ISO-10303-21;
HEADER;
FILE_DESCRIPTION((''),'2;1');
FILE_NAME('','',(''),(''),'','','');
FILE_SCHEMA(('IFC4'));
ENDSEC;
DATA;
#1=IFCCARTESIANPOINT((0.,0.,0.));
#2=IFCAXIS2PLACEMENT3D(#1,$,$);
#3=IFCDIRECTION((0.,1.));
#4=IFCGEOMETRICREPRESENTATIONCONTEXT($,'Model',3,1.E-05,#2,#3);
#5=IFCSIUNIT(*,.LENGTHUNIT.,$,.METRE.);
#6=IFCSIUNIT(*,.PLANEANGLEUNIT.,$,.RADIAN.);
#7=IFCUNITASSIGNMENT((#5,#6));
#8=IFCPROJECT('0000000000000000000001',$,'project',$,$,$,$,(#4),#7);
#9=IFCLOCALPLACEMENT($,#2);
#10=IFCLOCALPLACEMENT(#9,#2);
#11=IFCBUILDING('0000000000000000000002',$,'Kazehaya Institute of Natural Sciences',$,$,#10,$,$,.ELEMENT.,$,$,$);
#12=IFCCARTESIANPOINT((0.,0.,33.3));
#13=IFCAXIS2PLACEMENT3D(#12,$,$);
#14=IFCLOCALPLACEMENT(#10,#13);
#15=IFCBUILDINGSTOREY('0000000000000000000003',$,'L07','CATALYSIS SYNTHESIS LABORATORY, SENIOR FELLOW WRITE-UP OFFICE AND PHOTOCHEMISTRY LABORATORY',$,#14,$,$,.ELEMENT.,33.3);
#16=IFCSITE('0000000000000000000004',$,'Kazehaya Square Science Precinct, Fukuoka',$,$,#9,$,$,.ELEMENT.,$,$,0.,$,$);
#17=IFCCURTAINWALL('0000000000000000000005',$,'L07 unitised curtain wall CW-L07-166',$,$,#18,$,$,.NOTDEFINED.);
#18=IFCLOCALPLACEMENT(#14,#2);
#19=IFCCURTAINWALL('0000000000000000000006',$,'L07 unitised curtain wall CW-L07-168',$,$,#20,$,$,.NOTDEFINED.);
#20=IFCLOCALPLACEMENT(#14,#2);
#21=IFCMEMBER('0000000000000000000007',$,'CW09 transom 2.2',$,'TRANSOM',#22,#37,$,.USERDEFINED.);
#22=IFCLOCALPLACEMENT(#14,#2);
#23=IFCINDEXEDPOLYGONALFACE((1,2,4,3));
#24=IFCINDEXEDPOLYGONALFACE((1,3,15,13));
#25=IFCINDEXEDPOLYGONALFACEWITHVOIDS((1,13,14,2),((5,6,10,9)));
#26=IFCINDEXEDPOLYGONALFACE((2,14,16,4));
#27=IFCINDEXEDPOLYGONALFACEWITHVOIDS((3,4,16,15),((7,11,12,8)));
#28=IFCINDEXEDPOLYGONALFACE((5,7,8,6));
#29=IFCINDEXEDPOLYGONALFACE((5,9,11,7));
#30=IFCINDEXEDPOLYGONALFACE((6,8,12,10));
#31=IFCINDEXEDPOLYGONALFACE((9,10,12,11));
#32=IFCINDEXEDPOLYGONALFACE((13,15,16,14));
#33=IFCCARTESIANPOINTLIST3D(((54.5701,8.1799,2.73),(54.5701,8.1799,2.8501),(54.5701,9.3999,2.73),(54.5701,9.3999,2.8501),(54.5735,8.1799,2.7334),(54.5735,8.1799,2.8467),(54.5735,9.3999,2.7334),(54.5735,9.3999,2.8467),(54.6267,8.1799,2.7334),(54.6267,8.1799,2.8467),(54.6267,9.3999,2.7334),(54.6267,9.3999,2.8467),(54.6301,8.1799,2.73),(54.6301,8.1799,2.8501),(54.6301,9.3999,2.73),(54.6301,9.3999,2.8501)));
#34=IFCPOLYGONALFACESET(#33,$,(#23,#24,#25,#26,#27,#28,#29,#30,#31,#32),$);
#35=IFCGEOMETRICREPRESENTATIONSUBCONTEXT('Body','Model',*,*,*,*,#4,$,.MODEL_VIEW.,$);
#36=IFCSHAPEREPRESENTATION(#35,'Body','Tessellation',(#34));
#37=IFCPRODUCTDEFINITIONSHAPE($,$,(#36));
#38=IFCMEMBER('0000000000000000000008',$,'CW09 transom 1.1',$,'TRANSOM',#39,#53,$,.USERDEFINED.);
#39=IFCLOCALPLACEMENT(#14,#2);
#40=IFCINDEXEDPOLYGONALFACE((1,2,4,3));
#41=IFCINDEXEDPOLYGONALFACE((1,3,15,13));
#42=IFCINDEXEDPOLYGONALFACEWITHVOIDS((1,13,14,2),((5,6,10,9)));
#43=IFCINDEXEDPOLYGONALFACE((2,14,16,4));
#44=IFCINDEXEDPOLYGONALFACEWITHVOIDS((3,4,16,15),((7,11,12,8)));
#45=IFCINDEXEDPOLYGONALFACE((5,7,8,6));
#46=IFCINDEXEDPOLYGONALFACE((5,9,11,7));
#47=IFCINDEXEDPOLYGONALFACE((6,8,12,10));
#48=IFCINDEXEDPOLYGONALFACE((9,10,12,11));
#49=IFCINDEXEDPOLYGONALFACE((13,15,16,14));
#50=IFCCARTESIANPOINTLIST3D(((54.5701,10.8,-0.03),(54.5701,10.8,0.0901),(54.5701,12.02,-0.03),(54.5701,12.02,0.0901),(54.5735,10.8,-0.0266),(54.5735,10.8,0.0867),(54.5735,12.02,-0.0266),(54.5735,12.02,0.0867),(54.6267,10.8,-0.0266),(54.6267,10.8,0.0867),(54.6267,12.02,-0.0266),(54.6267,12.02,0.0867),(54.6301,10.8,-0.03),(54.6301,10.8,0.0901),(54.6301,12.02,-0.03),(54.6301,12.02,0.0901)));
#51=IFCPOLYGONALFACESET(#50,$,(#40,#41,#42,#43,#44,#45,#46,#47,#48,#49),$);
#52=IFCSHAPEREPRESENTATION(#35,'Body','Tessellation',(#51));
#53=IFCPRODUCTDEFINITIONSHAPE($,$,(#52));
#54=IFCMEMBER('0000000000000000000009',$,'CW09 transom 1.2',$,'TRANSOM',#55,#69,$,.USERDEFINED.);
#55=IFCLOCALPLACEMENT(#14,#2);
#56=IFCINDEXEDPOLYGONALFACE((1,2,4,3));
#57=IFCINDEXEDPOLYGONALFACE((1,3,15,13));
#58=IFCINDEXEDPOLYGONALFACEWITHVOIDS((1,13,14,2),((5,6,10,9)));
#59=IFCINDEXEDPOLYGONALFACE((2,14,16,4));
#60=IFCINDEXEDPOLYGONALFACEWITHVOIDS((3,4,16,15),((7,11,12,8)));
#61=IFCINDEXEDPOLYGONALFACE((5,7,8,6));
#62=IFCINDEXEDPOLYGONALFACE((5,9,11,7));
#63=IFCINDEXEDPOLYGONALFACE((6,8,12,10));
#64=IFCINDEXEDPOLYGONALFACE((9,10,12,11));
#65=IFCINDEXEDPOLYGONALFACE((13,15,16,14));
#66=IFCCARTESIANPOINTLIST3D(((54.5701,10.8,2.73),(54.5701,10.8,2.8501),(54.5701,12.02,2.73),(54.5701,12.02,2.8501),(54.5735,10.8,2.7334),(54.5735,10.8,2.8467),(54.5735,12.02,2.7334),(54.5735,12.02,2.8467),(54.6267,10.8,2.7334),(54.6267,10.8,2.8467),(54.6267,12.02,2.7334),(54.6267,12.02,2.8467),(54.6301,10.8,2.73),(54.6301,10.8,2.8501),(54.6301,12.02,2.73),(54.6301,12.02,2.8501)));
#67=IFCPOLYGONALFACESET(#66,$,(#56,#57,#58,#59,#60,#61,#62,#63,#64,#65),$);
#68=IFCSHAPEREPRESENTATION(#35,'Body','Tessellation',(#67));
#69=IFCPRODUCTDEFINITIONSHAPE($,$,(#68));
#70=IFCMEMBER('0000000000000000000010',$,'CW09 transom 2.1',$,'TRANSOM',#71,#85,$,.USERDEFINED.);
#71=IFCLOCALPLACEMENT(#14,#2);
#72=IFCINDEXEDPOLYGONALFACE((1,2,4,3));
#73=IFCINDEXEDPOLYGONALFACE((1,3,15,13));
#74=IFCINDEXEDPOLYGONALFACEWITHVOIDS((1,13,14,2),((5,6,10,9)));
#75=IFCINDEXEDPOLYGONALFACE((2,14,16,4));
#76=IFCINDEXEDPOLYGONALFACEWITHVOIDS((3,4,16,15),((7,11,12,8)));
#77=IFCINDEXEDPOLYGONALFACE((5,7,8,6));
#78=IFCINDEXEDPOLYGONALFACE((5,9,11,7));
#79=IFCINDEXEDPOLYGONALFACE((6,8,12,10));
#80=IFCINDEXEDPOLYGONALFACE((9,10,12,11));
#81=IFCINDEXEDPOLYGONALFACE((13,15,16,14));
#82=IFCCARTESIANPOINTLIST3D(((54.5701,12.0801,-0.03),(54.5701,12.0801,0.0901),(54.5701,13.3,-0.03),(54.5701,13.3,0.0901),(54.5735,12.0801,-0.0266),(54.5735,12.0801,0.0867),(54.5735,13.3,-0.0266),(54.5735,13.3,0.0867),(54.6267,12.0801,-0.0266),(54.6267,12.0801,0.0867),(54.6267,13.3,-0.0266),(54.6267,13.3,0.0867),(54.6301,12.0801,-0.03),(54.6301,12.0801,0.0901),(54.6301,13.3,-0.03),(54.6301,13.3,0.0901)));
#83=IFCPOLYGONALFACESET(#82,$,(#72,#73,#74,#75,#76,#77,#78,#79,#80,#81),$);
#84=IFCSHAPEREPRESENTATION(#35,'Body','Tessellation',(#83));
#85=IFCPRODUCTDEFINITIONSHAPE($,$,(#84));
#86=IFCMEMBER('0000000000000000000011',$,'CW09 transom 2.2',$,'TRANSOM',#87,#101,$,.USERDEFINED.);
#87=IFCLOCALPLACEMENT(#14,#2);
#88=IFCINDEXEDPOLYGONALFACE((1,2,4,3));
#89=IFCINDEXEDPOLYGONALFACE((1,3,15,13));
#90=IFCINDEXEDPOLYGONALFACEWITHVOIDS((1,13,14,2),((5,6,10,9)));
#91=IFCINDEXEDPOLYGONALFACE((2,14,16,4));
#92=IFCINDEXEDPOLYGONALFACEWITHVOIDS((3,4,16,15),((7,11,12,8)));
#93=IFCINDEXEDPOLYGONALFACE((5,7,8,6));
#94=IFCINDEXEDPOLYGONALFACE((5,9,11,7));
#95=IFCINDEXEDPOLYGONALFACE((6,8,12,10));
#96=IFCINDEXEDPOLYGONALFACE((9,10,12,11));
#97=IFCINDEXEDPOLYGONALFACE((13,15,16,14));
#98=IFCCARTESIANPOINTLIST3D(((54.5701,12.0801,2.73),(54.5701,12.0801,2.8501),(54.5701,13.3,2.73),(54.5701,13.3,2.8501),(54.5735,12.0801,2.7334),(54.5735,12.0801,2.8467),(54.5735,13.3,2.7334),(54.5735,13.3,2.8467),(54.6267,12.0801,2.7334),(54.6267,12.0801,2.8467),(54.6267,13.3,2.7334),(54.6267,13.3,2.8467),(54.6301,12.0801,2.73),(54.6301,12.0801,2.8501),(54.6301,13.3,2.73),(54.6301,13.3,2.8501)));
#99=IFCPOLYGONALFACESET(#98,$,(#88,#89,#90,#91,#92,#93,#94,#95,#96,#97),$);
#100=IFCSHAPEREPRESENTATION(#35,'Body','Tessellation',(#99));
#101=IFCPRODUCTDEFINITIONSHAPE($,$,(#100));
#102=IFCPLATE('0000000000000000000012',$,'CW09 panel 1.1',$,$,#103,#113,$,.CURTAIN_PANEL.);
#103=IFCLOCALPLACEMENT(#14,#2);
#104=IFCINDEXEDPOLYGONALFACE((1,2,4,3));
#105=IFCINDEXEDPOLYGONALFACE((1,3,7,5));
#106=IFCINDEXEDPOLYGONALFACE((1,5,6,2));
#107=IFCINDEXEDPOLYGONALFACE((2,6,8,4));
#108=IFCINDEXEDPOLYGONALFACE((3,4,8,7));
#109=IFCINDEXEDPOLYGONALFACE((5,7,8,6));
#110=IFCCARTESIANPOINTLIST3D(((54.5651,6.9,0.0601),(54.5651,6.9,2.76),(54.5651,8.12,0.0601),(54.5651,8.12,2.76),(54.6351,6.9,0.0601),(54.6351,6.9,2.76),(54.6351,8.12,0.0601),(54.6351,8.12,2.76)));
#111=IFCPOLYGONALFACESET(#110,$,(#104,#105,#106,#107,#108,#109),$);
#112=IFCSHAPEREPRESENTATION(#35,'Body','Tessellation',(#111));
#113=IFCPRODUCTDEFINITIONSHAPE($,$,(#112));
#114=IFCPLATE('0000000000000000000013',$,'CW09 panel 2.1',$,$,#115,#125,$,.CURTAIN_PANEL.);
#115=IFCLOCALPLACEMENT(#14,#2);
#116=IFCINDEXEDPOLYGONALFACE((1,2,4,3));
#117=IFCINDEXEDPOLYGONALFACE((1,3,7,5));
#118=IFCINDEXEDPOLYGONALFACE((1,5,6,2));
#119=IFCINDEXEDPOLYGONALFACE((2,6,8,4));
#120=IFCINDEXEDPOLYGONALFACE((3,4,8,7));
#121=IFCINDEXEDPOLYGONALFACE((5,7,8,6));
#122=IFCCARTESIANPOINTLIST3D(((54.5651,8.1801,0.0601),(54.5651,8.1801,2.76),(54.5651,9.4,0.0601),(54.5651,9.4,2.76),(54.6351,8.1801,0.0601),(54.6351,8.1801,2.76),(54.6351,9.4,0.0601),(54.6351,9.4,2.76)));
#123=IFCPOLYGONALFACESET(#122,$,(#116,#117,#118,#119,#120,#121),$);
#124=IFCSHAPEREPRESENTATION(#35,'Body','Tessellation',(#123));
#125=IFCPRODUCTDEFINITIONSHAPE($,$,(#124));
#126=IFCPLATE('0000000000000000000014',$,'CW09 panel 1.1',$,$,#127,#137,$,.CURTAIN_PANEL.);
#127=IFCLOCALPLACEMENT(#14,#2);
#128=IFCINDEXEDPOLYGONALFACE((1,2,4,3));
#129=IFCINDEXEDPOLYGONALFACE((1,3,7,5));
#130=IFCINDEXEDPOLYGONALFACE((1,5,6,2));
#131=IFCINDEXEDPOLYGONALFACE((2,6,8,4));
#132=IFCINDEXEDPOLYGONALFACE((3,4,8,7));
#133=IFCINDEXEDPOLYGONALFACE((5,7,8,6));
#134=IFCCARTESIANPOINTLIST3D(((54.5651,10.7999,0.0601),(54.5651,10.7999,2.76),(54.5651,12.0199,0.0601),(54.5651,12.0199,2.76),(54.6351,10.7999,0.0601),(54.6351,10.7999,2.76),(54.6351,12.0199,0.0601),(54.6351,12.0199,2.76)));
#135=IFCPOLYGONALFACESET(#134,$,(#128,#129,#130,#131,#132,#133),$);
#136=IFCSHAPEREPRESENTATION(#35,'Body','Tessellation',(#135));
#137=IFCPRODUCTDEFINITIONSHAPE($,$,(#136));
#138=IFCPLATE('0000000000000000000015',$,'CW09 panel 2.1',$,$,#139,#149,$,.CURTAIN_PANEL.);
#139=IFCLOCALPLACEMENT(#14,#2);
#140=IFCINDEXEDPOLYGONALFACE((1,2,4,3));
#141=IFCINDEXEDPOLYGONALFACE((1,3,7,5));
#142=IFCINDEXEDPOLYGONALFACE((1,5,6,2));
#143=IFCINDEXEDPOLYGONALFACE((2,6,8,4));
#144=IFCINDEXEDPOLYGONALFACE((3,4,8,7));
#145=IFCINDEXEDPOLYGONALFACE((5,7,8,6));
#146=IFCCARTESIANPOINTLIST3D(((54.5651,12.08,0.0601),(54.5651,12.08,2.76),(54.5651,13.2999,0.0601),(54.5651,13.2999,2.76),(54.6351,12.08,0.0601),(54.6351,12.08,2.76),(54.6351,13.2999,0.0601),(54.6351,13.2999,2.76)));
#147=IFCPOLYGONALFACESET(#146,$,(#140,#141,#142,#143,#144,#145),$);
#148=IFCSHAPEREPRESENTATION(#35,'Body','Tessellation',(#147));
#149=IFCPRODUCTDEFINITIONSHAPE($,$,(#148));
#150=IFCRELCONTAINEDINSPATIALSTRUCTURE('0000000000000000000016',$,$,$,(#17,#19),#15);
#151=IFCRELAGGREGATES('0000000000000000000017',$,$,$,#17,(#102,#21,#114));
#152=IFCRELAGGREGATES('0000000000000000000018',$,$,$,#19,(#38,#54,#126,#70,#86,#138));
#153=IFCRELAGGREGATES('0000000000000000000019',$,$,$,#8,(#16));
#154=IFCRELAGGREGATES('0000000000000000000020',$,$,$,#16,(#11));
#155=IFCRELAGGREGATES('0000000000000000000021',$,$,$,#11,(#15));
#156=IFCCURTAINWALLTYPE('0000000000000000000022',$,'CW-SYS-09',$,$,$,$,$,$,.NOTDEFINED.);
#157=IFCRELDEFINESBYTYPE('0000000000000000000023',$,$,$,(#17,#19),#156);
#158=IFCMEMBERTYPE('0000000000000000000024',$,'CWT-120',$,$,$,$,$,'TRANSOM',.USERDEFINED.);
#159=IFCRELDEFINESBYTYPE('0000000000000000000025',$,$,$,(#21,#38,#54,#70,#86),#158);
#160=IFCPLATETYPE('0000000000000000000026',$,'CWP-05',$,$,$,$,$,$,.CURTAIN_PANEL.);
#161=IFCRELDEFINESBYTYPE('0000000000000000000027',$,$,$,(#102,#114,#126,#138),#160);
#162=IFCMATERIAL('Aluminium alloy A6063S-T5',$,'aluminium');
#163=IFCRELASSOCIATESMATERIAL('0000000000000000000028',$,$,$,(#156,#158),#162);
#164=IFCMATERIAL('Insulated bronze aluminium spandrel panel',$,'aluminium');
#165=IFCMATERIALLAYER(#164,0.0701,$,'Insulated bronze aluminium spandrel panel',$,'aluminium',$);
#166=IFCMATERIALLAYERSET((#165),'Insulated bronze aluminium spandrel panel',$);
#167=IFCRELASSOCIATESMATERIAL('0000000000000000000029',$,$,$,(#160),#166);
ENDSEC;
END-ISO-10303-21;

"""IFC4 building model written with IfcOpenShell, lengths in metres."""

from ifc_helpers import new_model, si_unit, direction, frame, origin, origin_2d, place, context, subcontext, project, spatial, rectangle, hollow_rectangle, extrude, material, layer, layer_set, material_profile, profile_set, type_object, element, aggregate, save


model = new_model("IFC4")

# Units and contexts
model_context = context("Model", 3, precision=1e-05, world=origin(), true_north=direction((0.0, 1.0)))
body_context = subcontext(model_context, "Body", "Model", "MODEL_VIEW")
ifc_project = project(units=[si_unit("LENGTHUNIT", "METRE"), si_unit("PLANEANGLEUNIT", "RADIAN")], contexts=[model_context])

# Site, building, storey
site_placement = place(None, origin())
site = spatial("IfcSite", under=ifc_project, at=site_placement, Name="Kazehaya Square Science Precinct, Fukuoka", CompositionType="ELEMENT", RefElevation=0.0)
building_placement = place(site_placement, origin())
building = spatial("IfcBuilding", under=site, at=building_placement, Name="Kazehaya Institute of Natural Sciences", CompositionType="ELEMENT")
storey_placement = place(building_placement, frame((0.0, 0.0, 33.3)))
storey = spatial("IfcBuildingStorey", under=building, at=storey_placement, Name="L07", Description="CATALYSIS SYNTHESIS LABORATORY, SENIOR FELLOW WRITE-UP OFFICE AND PHOTOCHEMISTRY LABORATORY", CompositionType="ELEMENT", Elevation=33.3)

# Curtain walls
ifc_material_1 = material(Name="Aluminium alloy A6063S-T5", Category="aluminium")
curtain_wall_type_1 = type_object("IfcCurtainWallType", Name="CW-SYS-09", PredefinedType="NOTDEFINED", material=ifc_material_1)
curtain_wall_1_placement = place(storey_placement, origin())
curtain_wall_1 = element("IfcCurtainWall", 1, at=curtain_wall_1_placement, inside=storey, type_object=curtain_wall_type_1, Name="L07 unitised curtain wall CW-L07-166", PredefinedType="NOTDEFINED")
curtain_wall_2_placement = place(storey_placement, origin())
curtain_wall_2 = element("IfcCurtainWall", 2, at=curtain_wall_2_placement, inside=storey, type_object=curtain_wall_type_1, Name="L07 unitised curtain wall CW-L07-168", PredefinedType="NOTDEFINED")

# Members
ifc_material_profile_1 = material_profile(ifc_material_1, hollow_rectangle(XDim=0.0601, YDim=0.1201, WallThickness=0.0034, at=origin_2d()), Name="ALU-60x120x3.5")
ifc_profile_set_1 = profile_set([ifc_material_profile_1], Name="Aluminium alloy A6063S-T5")
member_type_1 = type_object("IfcMemberType", Name="CWT-120", ElementType="TRANSOM", PredefinedType="USERDEFINED", material=ifc_profile_set_1)
member_1_placement = place(storey_placement, frame((54.6001, 8.1799, 2.79), z_axis=(0.0, 1.0, 0.0), x_axis=(-1.0, 0.0, 0.0)))
member_1 = element("IfcMember", 3, at=member_1_placement, type_object=member_type_1, Name="CW09 transom 2.2", ObjectType="TRANSOM", PredefinedType="USERDEFINED", context=body_context, shape_type="SweptSolid", body=[
    extrude(hollow_rectangle(XDim=0.0601, YDim=0.1201, WallThickness=0.0034, at=origin_2d()), origin(), (0.0, 0.0, 1.0), 1.22),
])
member_2_placement = place(storey_placement, frame((54.6001, 10.8, 0.03), z_axis=(0.0, 1.0, 0.0), x_axis=(-1.0, 0.0, 0.0)))
member_2 = element("IfcMember", 4, at=member_2_placement, type_object=member_type_1, Name="CW09 transom 1.1", ObjectType="TRANSOM", PredefinedType="USERDEFINED", context=body_context, shape_type="SweptSolid", body=[
    extrude(hollow_rectangle(XDim=0.0601, YDim=0.1201, WallThickness=0.0034, at=origin_2d()), origin(), (0.0, 0.0, 1.0), 1.22),
])
member_3_placement = place(storey_placement, frame((54.6001, 10.8, 2.79), z_axis=(0.0, 1.0, 0.0), x_axis=(-1.0, 0.0, 0.0)))
member_3 = element("IfcMember", 5, at=member_3_placement, type_object=member_type_1, Name="CW09 transom 1.2", ObjectType="TRANSOM", PredefinedType="USERDEFINED", context=body_context, shape_type="SweptSolid", body=[
    extrude(hollow_rectangle(XDim=0.0601, YDim=0.1201, WallThickness=0.0034, at=origin_2d()), origin(), (0.0, 0.0, 1.0), 1.22),
])
member_4_placement = place(storey_placement, frame((54.6001, 12.0801, 0.03), z_axis=(0.0, 1.0, 0.0), x_axis=(-1.0, 0.0, 0.0)))
member_4 = element("IfcMember", 6, at=member_4_placement, type_object=member_type_1, Name="CW09 transom 2.1", ObjectType="TRANSOM", PredefinedType="USERDEFINED", context=body_context, shape_type="SweptSolid", body=[
    extrude(hollow_rectangle(XDim=0.0601, YDim=0.1201, WallThickness=0.0034, at=origin_2d()), origin(), (0.0, 0.0, 1.0), 1.22),
])
member_5_placement = place(storey_placement, frame((54.6001, 12.0801, 2.79), z_axis=(0.0, 1.0, 0.0), x_axis=(-1.0, 0.0, 0.0)))
member_5 = element("IfcMember", 7, at=member_5_placement, type_object=member_type_1, Name="CW09 transom 2.2", ObjectType="TRANSOM", PredefinedType="USERDEFINED", context=body_context, shape_type="SweptSolid", body=[
    extrude(hollow_rectangle(XDim=0.0601, YDim=0.1201, WallThickness=0.0034, at=origin_2d()), origin(), (0.0, 0.0, 1.0), 1.22),
])

# Plates
ifc_material_2 = material(Name="Insulated bronze aluminium spandrel panel", Category="aluminium")
ifc_layer_1 = layer(ifc_material_2, 0.0701, Name="Insulated bronze aluminium spandrel panel", Category="aluminium")
ifc_layer_set_1 = layer_set([ifc_layer_1], Name="Insulated bronze aluminium spandrel panel")
plate_type = type_object("IfcPlateType", Name="CWP-05", PredefinedType="CURTAIN_PANEL", material=ifc_layer_set_1)
plate_1_placement = place(storey_placement, frame((54.6001, 7.51, 0.0601), z_axis=(0.0, 0.0, 1.0), x_axis=(0.0, 1.0, 0.0)))
plate_1 = element("IfcPlate", 8, at=plate_1_placement, type_object=plate_type, Name="CW09 panel 1.1", PredefinedType="CURTAIN_PANEL", context=body_context, shape_type="SweptSolid", body=[
    extrude(rectangle(XDim=1.22, YDim=0.0701, at=origin_2d()), origin(), (0.0, 0.0, 1.0), 2.7),
])
plate_2_placement = place(storey_placement, frame((54.6001, 8.79, 0.0601), z_axis=(0.0, 0.0, 1.0), x_axis=(0.0, 1.0, 0.0)))
plate_2 = element("IfcPlate", 9, at=plate_2_placement, type_object=plate_type, Name="CW09 panel 2.1", PredefinedType="CURTAIN_PANEL", context=body_context, shape_type="SweptSolid", body=[
    extrude(rectangle(XDim=1.22, YDim=0.0701, at=origin_2d()), origin(), (0.0, 0.0, 1.0), 2.7),
])
aggregate(curtain_wall_1, [plate_1, member_1, plate_2])
plate_3_placement = place(storey_placement, frame((54.6001, 11.4099, 0.0601), z_axis=(0.0, 0.0, 1.0), x_axis=(0.0, 1.0, 0.0)))
plate_3 = element("IfcPlate", 10, at=plate_3_placement, type_object=plate_type, Name="CW09 panel 1.1", PredefinedType="CURTAIN_PANEL", context=body_context, shape_type="SweptSolid", body=[
    extrude(rectangle(XDim=1.22, YDim=0.0701, at=origin_2d()), origin(), (0.0, 0.0, 1.0), 2.7),
])
plate_4_placement = place(storey_placement, frame((54.6001, 12.6899, 0.0601), z_axis=(0.0, 0.0, 1.0), x_axis=(0.0, 1.0, 0.0)))
plate_4 = element("IfcPlate", 11, at=plate_4_placement, type_object=plate_type, Name="CW09 panel 2.1", PredefinedType="CURTAIN_PANEL", context=body_context, shape_type="SweptSolid", body=[
    extrude(rectangle(XDim=1.22, YDim=0.0701, at=origin_2d()), origin(), (0.0, 0.0, 1.0), 2.7),
])
aggregate(curtain_wall_2, [member_2, member_3, plate_3, member_4, member_5, plate_4])

save(model, "model.ifc")
